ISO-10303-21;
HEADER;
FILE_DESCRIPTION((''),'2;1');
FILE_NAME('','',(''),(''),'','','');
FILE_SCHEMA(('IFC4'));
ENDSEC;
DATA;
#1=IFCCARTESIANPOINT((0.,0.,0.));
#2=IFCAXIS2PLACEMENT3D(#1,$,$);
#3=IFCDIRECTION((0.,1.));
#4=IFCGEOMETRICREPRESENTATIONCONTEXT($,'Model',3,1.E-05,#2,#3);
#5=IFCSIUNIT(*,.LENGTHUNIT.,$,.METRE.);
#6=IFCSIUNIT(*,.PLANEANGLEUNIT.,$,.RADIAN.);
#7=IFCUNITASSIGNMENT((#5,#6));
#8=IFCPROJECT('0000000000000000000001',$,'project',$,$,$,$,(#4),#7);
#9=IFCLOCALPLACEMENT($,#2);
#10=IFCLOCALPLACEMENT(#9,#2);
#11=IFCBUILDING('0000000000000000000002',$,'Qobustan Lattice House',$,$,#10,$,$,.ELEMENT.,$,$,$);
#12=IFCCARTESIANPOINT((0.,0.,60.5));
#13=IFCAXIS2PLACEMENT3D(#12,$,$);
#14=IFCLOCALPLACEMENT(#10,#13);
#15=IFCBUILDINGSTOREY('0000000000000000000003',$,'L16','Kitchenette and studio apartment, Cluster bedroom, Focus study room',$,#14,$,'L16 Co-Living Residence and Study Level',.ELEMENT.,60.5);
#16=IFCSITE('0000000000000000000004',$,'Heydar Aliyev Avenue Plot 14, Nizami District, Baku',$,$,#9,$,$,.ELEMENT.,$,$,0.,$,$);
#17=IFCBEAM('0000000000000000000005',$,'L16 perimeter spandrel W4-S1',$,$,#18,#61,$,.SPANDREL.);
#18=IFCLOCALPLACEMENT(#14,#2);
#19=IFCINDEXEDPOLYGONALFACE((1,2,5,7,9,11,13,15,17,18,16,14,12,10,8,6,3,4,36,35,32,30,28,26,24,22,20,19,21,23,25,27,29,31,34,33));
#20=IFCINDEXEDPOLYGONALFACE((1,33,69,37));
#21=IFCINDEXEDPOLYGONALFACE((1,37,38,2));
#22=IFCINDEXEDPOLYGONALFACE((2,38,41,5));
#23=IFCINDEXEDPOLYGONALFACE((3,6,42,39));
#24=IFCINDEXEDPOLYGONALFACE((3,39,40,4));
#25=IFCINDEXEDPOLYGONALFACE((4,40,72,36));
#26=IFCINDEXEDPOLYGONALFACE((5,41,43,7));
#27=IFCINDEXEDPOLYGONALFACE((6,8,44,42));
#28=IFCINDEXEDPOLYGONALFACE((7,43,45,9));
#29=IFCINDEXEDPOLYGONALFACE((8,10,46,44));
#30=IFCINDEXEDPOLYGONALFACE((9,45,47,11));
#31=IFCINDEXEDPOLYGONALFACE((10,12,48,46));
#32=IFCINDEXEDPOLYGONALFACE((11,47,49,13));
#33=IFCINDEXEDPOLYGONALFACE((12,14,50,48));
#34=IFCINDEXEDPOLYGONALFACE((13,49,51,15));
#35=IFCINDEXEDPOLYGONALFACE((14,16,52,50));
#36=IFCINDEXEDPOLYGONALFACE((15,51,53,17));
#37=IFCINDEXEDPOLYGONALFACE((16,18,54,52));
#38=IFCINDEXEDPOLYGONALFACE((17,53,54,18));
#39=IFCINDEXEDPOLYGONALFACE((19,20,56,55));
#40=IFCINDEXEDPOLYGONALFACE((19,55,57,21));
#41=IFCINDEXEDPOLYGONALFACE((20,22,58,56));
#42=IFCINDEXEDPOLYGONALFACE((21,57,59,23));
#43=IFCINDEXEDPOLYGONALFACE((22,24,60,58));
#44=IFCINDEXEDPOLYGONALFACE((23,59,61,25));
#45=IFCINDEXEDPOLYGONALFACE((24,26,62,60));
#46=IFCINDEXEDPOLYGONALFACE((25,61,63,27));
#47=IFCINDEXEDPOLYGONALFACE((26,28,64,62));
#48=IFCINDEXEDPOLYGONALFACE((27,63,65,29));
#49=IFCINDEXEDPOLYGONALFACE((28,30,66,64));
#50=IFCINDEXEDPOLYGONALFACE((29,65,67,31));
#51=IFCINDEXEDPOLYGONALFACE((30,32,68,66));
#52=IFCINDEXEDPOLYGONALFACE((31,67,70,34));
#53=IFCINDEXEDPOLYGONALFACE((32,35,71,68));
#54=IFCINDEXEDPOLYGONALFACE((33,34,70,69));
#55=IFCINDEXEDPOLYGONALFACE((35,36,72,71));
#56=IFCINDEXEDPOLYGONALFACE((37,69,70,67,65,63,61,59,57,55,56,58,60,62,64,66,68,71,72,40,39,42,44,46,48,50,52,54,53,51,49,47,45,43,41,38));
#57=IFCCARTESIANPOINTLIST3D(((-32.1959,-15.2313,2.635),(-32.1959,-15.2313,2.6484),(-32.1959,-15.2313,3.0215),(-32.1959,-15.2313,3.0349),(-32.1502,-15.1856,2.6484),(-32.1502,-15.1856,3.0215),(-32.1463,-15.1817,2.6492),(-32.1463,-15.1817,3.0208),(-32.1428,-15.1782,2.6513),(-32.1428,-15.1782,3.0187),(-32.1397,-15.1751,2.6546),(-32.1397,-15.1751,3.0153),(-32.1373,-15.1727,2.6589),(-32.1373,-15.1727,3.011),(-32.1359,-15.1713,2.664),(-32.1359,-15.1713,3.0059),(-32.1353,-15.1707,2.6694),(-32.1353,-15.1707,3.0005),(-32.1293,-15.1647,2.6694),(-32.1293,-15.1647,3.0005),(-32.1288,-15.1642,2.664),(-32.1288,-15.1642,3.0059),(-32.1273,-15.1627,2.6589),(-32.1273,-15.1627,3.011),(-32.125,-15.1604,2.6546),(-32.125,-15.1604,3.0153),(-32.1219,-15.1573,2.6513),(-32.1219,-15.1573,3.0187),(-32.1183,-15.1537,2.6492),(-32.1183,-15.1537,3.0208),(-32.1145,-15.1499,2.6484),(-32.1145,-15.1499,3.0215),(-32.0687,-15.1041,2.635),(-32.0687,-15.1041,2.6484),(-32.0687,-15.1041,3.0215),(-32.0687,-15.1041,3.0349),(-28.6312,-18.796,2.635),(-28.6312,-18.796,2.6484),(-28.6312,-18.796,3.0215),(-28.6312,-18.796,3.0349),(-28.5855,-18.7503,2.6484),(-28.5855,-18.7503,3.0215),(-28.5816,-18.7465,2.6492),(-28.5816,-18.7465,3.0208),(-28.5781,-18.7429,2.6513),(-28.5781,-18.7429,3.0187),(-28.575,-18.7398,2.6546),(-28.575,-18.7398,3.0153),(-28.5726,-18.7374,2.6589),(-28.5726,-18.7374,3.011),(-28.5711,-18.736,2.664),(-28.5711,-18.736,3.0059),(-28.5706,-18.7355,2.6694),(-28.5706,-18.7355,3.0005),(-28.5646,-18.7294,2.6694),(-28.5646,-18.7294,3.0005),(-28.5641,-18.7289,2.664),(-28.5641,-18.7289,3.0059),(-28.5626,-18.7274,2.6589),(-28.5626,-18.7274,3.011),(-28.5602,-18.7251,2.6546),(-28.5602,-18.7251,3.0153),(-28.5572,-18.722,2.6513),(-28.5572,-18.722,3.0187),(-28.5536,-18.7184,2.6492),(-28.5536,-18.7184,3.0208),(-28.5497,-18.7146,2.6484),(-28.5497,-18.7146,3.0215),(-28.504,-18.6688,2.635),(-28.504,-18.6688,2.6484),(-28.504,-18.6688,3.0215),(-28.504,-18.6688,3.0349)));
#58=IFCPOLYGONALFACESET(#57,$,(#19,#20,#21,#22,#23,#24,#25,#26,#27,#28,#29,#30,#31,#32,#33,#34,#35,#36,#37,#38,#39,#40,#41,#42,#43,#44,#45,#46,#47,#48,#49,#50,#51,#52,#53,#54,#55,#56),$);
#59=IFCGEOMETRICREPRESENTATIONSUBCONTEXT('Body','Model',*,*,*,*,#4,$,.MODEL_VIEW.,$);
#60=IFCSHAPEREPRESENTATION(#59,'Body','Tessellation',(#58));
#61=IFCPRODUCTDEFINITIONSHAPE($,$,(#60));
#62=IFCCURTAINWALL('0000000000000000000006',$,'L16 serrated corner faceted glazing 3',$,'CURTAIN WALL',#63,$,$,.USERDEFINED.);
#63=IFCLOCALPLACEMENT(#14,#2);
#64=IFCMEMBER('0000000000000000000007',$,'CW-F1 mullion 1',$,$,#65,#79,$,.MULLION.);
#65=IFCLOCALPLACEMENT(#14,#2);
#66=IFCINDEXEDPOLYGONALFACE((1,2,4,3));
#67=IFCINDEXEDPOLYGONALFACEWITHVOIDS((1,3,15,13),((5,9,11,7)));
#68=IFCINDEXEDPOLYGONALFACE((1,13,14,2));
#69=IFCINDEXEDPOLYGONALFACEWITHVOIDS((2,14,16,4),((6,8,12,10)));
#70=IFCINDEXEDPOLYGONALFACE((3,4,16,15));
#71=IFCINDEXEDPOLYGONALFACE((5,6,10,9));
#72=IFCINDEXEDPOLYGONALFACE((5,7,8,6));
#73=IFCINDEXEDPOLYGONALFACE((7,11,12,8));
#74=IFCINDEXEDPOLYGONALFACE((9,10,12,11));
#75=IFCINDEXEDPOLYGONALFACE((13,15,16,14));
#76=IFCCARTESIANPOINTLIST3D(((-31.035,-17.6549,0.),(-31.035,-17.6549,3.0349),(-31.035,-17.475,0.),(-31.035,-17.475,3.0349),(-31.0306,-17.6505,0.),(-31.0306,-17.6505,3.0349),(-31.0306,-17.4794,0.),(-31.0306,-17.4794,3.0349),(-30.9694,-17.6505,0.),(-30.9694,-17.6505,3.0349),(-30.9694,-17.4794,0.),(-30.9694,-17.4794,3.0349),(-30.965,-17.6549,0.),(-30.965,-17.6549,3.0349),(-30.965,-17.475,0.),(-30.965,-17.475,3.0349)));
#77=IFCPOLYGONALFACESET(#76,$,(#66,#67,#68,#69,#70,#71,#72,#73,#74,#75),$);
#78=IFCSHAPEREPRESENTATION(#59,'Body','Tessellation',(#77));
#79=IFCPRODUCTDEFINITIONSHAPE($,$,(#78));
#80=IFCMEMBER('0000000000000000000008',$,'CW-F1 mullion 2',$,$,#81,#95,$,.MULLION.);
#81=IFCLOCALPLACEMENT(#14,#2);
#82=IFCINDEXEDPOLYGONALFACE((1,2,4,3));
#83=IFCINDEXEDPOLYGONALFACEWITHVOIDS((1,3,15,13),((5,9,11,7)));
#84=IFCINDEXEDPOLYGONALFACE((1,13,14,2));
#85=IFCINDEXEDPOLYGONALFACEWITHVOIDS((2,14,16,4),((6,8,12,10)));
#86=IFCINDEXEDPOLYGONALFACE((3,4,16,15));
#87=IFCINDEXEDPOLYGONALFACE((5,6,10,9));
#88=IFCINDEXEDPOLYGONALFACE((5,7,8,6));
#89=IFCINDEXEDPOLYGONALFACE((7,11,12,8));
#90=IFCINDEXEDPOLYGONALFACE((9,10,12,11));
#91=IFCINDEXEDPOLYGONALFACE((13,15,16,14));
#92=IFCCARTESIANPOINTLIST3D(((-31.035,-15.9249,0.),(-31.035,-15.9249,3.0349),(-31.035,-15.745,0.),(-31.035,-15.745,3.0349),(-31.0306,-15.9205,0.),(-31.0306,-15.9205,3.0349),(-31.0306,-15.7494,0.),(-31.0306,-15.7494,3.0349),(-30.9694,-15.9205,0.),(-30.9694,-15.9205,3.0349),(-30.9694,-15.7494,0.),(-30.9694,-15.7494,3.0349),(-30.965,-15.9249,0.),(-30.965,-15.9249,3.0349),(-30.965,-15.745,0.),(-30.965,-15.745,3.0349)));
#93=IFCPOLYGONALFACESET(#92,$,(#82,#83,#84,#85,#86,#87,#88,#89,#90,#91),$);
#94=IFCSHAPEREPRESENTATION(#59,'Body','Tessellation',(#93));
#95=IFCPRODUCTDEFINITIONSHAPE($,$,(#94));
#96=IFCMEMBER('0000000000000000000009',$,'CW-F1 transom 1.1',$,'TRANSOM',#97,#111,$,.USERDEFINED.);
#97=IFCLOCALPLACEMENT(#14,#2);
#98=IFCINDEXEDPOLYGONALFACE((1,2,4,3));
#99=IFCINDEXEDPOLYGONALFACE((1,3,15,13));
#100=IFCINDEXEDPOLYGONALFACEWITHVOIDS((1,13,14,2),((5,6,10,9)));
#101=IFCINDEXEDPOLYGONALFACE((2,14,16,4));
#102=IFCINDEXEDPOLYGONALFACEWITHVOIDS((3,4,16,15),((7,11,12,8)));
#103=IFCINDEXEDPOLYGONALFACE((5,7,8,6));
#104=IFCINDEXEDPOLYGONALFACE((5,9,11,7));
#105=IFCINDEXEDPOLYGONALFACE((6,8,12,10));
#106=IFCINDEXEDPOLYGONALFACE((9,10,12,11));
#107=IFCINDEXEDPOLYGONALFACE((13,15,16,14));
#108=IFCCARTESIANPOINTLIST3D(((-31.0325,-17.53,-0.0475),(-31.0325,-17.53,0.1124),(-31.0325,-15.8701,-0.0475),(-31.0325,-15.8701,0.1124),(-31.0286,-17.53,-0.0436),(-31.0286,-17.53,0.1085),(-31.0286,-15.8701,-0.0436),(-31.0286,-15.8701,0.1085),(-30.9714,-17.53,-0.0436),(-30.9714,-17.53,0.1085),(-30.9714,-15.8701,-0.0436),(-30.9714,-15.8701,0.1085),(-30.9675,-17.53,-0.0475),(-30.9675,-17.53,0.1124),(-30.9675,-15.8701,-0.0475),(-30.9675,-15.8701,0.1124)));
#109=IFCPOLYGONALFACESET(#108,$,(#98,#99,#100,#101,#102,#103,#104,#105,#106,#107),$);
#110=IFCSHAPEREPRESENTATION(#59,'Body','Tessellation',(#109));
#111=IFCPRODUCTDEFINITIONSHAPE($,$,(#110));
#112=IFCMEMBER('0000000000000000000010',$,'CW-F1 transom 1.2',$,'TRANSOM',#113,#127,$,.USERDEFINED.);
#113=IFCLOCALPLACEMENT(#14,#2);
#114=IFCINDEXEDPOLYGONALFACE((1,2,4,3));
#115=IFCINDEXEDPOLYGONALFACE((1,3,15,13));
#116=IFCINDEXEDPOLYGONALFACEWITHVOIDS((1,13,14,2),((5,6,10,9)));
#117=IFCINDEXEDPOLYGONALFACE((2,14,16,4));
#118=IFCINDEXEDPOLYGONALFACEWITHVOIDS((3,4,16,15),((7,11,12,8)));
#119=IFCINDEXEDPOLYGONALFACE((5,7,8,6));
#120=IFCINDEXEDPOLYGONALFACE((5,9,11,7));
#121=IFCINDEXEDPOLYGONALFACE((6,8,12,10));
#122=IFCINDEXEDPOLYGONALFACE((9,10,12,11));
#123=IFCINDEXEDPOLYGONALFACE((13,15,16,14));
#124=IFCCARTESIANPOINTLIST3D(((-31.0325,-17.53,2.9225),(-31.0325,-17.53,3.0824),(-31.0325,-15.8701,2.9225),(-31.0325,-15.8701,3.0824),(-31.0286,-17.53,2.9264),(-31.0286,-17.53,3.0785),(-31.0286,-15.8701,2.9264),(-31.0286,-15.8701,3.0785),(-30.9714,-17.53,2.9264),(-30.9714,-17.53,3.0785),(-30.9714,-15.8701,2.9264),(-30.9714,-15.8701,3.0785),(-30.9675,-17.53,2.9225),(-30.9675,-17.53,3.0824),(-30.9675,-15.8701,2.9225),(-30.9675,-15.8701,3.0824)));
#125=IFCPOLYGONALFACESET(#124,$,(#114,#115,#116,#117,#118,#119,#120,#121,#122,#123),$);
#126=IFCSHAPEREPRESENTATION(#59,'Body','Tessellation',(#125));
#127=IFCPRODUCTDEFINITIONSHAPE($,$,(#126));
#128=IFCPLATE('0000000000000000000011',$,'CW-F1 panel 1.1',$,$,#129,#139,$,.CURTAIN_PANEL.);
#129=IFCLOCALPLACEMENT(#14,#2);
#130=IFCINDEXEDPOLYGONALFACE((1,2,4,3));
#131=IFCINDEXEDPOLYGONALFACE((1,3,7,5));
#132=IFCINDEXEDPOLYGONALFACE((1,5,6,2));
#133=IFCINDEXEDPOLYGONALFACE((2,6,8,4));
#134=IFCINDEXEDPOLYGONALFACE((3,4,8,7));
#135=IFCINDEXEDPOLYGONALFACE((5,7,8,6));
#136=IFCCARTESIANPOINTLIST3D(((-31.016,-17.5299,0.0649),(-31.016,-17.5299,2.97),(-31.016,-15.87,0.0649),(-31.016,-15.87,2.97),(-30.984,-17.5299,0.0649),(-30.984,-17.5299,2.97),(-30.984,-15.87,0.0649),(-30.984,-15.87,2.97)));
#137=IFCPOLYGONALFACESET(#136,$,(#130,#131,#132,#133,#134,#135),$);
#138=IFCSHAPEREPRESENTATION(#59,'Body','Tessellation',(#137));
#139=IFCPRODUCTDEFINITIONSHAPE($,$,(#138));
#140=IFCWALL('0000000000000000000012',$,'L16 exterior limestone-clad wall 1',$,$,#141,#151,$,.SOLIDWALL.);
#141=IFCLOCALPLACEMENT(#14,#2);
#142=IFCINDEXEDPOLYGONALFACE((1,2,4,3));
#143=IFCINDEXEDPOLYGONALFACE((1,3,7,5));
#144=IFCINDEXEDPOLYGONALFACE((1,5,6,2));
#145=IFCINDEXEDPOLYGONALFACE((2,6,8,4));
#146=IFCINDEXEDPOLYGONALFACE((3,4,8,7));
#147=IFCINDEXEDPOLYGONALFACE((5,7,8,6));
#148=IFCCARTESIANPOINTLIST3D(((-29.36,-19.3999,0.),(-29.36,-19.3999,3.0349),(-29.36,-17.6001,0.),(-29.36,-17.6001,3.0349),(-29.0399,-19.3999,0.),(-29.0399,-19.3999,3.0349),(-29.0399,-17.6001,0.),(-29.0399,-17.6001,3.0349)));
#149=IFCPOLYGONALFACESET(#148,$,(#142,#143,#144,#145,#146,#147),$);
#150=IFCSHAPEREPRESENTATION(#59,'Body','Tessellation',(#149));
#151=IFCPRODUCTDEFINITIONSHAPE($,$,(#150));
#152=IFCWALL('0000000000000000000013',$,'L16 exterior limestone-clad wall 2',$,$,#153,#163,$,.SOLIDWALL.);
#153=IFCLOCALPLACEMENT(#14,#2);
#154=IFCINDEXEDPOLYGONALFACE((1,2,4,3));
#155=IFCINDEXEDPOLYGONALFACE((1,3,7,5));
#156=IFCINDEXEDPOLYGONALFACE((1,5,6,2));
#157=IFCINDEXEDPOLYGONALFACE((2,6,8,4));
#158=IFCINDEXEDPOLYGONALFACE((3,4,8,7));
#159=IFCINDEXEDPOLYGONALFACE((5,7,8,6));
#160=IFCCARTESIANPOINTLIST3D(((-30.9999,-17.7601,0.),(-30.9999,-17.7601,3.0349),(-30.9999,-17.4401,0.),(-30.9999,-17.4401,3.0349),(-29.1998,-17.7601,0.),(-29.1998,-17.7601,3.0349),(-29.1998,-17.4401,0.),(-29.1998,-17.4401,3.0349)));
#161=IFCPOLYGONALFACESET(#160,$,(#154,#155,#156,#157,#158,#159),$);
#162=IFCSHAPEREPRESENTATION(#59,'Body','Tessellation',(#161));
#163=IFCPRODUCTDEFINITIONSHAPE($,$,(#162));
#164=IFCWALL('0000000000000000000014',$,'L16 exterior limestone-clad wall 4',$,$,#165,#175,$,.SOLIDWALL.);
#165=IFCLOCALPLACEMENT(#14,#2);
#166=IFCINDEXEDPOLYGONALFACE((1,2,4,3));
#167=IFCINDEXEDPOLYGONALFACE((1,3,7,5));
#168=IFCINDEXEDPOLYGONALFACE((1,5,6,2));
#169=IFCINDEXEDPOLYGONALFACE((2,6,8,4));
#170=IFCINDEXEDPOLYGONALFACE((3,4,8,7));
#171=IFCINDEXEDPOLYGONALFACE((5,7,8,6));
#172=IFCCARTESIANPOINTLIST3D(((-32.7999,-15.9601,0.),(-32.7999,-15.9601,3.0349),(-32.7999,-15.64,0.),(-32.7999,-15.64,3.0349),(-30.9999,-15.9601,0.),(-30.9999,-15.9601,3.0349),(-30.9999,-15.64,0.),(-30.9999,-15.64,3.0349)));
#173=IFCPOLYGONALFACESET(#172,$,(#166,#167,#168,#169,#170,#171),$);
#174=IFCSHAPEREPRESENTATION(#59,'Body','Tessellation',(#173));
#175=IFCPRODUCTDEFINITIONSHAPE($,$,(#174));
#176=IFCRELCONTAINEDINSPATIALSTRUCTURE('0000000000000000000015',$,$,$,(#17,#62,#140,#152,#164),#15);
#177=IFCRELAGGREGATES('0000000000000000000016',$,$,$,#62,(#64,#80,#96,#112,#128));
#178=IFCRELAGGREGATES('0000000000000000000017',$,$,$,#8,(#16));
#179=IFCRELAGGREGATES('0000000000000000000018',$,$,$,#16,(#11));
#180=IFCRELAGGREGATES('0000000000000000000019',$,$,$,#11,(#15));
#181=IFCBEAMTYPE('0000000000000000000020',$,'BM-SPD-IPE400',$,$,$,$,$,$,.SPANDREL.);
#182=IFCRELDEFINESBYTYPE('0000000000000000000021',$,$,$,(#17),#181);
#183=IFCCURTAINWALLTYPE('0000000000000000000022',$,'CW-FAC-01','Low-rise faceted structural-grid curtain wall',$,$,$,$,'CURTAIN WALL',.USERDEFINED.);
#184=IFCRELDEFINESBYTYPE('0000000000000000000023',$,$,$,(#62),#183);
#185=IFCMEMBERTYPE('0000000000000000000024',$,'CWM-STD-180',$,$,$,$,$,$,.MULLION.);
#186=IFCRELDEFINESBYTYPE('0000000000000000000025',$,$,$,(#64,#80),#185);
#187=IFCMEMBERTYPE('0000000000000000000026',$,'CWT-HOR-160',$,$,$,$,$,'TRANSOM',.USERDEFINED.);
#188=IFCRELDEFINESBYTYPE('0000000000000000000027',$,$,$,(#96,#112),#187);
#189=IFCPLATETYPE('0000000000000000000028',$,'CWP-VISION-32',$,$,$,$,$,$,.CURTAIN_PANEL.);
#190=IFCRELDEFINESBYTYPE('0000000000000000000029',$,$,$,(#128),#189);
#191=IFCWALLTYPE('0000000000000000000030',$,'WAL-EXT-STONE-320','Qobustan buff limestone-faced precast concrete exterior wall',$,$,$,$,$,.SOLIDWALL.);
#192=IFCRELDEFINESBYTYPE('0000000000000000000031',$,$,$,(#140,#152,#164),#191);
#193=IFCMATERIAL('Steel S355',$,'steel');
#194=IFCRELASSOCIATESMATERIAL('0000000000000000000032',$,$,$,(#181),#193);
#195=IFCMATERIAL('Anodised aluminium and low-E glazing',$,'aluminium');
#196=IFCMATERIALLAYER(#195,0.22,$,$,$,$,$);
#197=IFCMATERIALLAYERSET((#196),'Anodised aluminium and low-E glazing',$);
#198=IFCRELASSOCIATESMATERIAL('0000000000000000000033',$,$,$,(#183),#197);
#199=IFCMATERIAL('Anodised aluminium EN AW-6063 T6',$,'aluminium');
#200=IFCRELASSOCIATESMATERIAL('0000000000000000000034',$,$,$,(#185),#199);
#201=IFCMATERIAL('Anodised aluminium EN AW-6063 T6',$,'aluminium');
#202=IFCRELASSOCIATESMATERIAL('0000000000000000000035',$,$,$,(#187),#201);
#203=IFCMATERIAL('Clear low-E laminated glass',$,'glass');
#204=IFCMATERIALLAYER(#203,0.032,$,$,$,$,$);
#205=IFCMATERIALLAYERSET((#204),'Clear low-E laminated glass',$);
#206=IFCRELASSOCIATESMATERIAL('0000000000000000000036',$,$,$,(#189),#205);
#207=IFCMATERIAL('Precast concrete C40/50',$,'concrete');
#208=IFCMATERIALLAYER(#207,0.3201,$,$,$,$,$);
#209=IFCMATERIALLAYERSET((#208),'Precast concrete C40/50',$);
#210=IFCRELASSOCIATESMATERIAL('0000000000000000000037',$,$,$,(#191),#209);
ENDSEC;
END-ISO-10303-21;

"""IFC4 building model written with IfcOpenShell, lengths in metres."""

from ifc_helpers import new_model, si_unit, direction, frame, frame_2d, origin, origin_2d, place, context, subcontext, project, spatial, rectangle, hollow_rectangle, i_section, extrude, material, layer, layer_set, material_profile, profile_set, type_object, element, aggregate, save


model = new_model("IFC4")

# Units and contexts
model_context = context("Model", 3, precision=1e-05, world=origin(), true_north=direction((0.0, 1.0)))
body_context = subcontext(model_context, "Body", "Model", "MODEL_VIEW")
ifc_project = project(units=[si_unit("LENGTHUNIT", "METRE"), si_unit("PLANEANGLEUNIT", "RADIAN")], contexts=[model_context])

# Site, building, storey
site_placement = place(None, origin())
site = spatial("IfcSite", under=ifc_project, at=site_placement, Name="Heydar Aliyev Avenue Plot 14, Nizami District, Baku", CompositionType="ELEMENT", RefElevation=0.0)
building_placement = place(site_placement, origin())
building = spatial("IfcBuilding", under=site, at=building_placement, Name="Qobustan Lattice House", CompositionType="ELEMENT")
storey_placement = place(building_placement, frame((0.0, 0.0, 60.5)))
storey = spatial("IfcBuildingStorey", under=building, at=storey_placement, Name="L16", Description="Kitchenette and studio apartment, Cluster bedroom, Focus study room", LongName="L16 Co-Living Residence and Study Level", CompositionType="ELEMENT", Elevation=60.5)

# Beam
ifc_material_1 = material(Name="Steel S355", Category="steel")
ifc_material_profile_1 = material_profile(ifc_material_1, i_section(OverallWidth=0.1799, OverallDepth=0.3999, WebThickness=0.0085, FlangeThickness=0.0134, FilletRadius=0.021, at=origin_2d()), Name="IPE400")
ifc_profile_set_1 = profile_set([ifc_material_profile_1], Name="Steel S355")
beam_type_1 = type_object("IfcBeamType", Name="BM-SPD-IPE400", PredefinedType="SPANDREL", material=ifc_profile_set_1)
beam_1_placement = place(storey_placement, frame((-32.1323, -15.1677, 2.835), z_axis=(0.707107, -0.707107, 0.0), x_axis=(0.707107, 0.707107, 0.0)))
element("IfcBeam", 1, at=beam_1_placement, inside=storey, type_object=beam_type_1, Name="L16 perimeter spandrel W4-S1", PredefinedType="SPANDREL", context=body_context, shape_type="SweptSolid", body=[
    extrude(i_section(OverallWidth=0.1799, OverallDepth=0.3999, WebThickness=0.0085, FlangeThickness=0.0134, FilletRadius=0.021, at=origin_2d()), origin(), (0.0, 0.0, 1.0), 5.0413),
])

# Curtain wall, members, plate
ifc_material_2 = material(Name="Anodised aluminium and low-E glazing", Category="aluminium")
ifc_layer_1 = layer(ifc_material_2, 0.22)
ifc_layer_set_1 = layer_set([ifc_layer_1], Name="Anodised aluminium and low-E glazing")
curtain_wall_type = type_object("IfcCurtainWallType", Name="CW-FAC-01", Description="Low-rise faceted structural-grid curtain wall", ElementType="CURTAIN WALL", PredefinedType="USERDEFINED", material=ifc_layer_set_1)
curtain_wall_placement = place(storey_placement, origin())
curtain_wall = element("IfcCurtainWall", 2, at=curtain_wall_placement, inside=storey, type_object=curtain_wall_type, Name="L16 serrated corner faceted glazing 3", ObjectType="CURTAIN WALL", PredefinedType="USERDEFINED")
ifc_material_3 = material(Name="Anodised aluminium EN AW-6063 T6", Category="aluminium")
ifc_material_profile_2 = material_profile(ifc_material_3, hollow_rectangle(XDim=0.0701, YDim=0.1799, WallThickness=0.0044, at=origin_2d()), Name="CWM-180x70")
ifc_profile_set_2 = profile_set([ifc_material_profile_2], Name="Anodised aluminium EN AW-6063 T6")
member_type_1 = type_object("IfcMemberType", Name="CWM-STD-180", PredefinedType="MULLION", material=ifc_profile_set_2)
member_1_placement = place(storey_placement, frame((-31.0, -17.5649, 0.0), z_axis=(0.0, 0.0, 1.0), x_axis=(-1.0, 0.0, 0.0)))
member_1 = element("IfcMember", 3, at=member_1_placement, type_object=member_type_1, Name="CW-F1 mullion 1", PredefinedType="MULLION", context=body_context, shape_type="SweptSolid", body=[
    extrude(hollow_rectangle(XDim=0.0701, YDim=0.1799, WallThickness=0.0044, at=origin_2d()), origin(), (0.0, 0.0, 1.0), 3.0349),
])
member_2_placement = place(storey_placement, frame((-31.0, -15.835, 0.0), z_axis=(0.0, 0.0, 1.0), x_axis=(-1.0, 0.0, 0.0)))
member_2 = element("IfcMember", 4, at=member_2_placement, type_object=member_type_1, Name="CW-F1 mullion 2", PredefinedType="MULLION", context=body_context, shape_type="SweptSolid", body=[
    extrude(hollow_rectangle(XDim=0.0701, YDim=0.1799, WallThickness=0.0044, at=origin_2d()), origin(), (0.0, 0.0, 1.0), 3.0349),
])
ifc_material_4 = material(Name="Anodised aluminium EN AW-6063 T6", Category="aluminium")
ifc_material_profile_3 = material_profile(ifc_material_4, hollow_rectangle(XDim=0.0649, YDim=0.1599, WallThickness=0.0039, at=origin_2d()), Name="CWT-160x65")
ifc_profile_set_3 = profile_set([ifc_material_profile_3], Name="Anodised aluminium EN AW-6063 T6")
member_type_2 = type_object("IfcMemberType", Name="CWT-HOR-160", ElementType="TRANSOM", PredefinedType="USERDEFINED", material=ifc_profile_set_3)
member_3_placement = place(storey_placement, frame((-31.0, -17.53, 0.0325), z_axis=(0.0, 1.0, 0.0), x_axis=(-1.0, 0.0, 0.0)))
member_3 = element("IfcMember", 5, at=member_3_placement, type_object=member_type_2, Name="CW-F1 transom 1.1", ObjectType="TRANSOM", PredefinedType="USERDEFINED", context=body_context, shape_type="SweptSolid", body=[
    extrude(hollow_rectangle(XDim=0.0649, YDim=0.1599, WallThickness=0.0039, at=origin_2d()), origin(), (0.0, 0.0, 1.0), 1.6599),
])
member_4_placement = place(storey_placement, frame((-31.0, -17.53, 3.0024), z_axis=(0.0, 1.0, 0.0), x_axis=(-1.0, 0.0, 0.0)))
member_4 = element("IfcMember", 6, at=member_4_placement, type_object=member_type_2, Name="CW-F1 transom 1.2", ObjectType="TRANSOM", PredefinedType="USERDEFINED", context=body_context, shape_type="SweptSolid", body=[
    extrude(hollow_rectangle(XDim=0.0649, YDim=0.1599, WallThickness=0.0039, at=origin_2d()), origin(), (0.0, 0.0, 1.0), 1.6599),
])
ifc_material_5 = material(Name="Clear low-E laminated glass", Category="glass")
ifc_layer_2 = layer(ifc_material_5, 0.032)
ifc_layer_set_2 = layer_set([ifc_layer_2], Name="Clear low-E laminated glass")
plate_type = type_object("IfcPlateType", Name="CWP-VISION-32", PredefinedType="CURTAIN_PANEL", material=ifc_layer_set_2)
plate_placement = place(storey_placement, frame((-31.0, -16.7, 0.0649), z_axis=(0.0, 0.0, 1.0), x_axis=(0.0, 1.0, 0.0)))
plate = element("IfcPlate", 7, at=plate_placement, type_object=plate_type, Name="CW-F1 panel 1.1", PredefinedType="CURTAIN_PANEL", context=body_context, shape_type="SweptSolid", body=[
    extrude(rectangle(XDim=1.6599, YDim=0.032, at=origin_2d()), origin(), (0.0, 0.0, 1.0), 2.905),
])
aggregate(curtain_wall, [member_1, member_2, member_3, member_4, plate])

# Walls
ifc_material_6 = material(Name="Precast concrete C40/50", Category="concrete")
ifc_layer_3 = layer(ifc_material_6, 0.3201)
ifc_layer_set_3 = layer_set([ifc_layer_3], Name="Precast concrete C40/50")
wall_type_1 = type_object("IfcWallType", Name="WAL-EXT-STONE-320", Description="Qobustan buff limestone-faced precast concrete exterior wall", PredefinedType="SOLIDWALL", material=ifc_layer_set_3)
wall_1_placement = place(storey_placement, frame((-29.2, -19.3999, 0.0), z_axis=(0.0, 0.0, 1.0), x_axis=(0.0, 1.0, 0.0)))
element("IfcWall", 8, at=wall_1_placement, inside=storey, type_object=wall_type_1, Name="L16 exterior limestone-clad wall 1", PredefinedType="SOLIDWALL", context=body_context, shape_type="SweptSolid", body=[
    extrude(rectangle(XDim=1.7998, YDim=0.3201, at=frame_2d((0.8999, 0.0))), origin(), (0.0, 0.0, 1.0), 3.0349),
])
for number, where, z_axis, x_axis, name in (
    (9, (-29.2, -17.6001, 0.0), (0.0, 0.0, 1.0), (-1.0, 0.0, 0.0), "L16 exterior limestone-clad wall 2"),
    (10, (-31.0, -15.8, 0.0), (0.0, 0.0, 1.0), (-1.0, 0.0, 0.0), "L16 exterior limestone-clad wall 4"),
):
    element("IfcWall", number, at=place(storey_placement, frame(where, z_axis=z_axis, x_axis=x_axis)), inside=storey, type_object=wall_type_1, Name=name, PredefinedType="SOLIDWALL", context=body_context, shape_type="SweptSolid", body=[
        extrude(rectangle(XDim=1.8, YDim=0.3201, at=frame_2d((0.8999, 0.0))), origin(), (0.0, 0.0, 1.0), 3.0349),
    ])

save(model, "model.ifc")
